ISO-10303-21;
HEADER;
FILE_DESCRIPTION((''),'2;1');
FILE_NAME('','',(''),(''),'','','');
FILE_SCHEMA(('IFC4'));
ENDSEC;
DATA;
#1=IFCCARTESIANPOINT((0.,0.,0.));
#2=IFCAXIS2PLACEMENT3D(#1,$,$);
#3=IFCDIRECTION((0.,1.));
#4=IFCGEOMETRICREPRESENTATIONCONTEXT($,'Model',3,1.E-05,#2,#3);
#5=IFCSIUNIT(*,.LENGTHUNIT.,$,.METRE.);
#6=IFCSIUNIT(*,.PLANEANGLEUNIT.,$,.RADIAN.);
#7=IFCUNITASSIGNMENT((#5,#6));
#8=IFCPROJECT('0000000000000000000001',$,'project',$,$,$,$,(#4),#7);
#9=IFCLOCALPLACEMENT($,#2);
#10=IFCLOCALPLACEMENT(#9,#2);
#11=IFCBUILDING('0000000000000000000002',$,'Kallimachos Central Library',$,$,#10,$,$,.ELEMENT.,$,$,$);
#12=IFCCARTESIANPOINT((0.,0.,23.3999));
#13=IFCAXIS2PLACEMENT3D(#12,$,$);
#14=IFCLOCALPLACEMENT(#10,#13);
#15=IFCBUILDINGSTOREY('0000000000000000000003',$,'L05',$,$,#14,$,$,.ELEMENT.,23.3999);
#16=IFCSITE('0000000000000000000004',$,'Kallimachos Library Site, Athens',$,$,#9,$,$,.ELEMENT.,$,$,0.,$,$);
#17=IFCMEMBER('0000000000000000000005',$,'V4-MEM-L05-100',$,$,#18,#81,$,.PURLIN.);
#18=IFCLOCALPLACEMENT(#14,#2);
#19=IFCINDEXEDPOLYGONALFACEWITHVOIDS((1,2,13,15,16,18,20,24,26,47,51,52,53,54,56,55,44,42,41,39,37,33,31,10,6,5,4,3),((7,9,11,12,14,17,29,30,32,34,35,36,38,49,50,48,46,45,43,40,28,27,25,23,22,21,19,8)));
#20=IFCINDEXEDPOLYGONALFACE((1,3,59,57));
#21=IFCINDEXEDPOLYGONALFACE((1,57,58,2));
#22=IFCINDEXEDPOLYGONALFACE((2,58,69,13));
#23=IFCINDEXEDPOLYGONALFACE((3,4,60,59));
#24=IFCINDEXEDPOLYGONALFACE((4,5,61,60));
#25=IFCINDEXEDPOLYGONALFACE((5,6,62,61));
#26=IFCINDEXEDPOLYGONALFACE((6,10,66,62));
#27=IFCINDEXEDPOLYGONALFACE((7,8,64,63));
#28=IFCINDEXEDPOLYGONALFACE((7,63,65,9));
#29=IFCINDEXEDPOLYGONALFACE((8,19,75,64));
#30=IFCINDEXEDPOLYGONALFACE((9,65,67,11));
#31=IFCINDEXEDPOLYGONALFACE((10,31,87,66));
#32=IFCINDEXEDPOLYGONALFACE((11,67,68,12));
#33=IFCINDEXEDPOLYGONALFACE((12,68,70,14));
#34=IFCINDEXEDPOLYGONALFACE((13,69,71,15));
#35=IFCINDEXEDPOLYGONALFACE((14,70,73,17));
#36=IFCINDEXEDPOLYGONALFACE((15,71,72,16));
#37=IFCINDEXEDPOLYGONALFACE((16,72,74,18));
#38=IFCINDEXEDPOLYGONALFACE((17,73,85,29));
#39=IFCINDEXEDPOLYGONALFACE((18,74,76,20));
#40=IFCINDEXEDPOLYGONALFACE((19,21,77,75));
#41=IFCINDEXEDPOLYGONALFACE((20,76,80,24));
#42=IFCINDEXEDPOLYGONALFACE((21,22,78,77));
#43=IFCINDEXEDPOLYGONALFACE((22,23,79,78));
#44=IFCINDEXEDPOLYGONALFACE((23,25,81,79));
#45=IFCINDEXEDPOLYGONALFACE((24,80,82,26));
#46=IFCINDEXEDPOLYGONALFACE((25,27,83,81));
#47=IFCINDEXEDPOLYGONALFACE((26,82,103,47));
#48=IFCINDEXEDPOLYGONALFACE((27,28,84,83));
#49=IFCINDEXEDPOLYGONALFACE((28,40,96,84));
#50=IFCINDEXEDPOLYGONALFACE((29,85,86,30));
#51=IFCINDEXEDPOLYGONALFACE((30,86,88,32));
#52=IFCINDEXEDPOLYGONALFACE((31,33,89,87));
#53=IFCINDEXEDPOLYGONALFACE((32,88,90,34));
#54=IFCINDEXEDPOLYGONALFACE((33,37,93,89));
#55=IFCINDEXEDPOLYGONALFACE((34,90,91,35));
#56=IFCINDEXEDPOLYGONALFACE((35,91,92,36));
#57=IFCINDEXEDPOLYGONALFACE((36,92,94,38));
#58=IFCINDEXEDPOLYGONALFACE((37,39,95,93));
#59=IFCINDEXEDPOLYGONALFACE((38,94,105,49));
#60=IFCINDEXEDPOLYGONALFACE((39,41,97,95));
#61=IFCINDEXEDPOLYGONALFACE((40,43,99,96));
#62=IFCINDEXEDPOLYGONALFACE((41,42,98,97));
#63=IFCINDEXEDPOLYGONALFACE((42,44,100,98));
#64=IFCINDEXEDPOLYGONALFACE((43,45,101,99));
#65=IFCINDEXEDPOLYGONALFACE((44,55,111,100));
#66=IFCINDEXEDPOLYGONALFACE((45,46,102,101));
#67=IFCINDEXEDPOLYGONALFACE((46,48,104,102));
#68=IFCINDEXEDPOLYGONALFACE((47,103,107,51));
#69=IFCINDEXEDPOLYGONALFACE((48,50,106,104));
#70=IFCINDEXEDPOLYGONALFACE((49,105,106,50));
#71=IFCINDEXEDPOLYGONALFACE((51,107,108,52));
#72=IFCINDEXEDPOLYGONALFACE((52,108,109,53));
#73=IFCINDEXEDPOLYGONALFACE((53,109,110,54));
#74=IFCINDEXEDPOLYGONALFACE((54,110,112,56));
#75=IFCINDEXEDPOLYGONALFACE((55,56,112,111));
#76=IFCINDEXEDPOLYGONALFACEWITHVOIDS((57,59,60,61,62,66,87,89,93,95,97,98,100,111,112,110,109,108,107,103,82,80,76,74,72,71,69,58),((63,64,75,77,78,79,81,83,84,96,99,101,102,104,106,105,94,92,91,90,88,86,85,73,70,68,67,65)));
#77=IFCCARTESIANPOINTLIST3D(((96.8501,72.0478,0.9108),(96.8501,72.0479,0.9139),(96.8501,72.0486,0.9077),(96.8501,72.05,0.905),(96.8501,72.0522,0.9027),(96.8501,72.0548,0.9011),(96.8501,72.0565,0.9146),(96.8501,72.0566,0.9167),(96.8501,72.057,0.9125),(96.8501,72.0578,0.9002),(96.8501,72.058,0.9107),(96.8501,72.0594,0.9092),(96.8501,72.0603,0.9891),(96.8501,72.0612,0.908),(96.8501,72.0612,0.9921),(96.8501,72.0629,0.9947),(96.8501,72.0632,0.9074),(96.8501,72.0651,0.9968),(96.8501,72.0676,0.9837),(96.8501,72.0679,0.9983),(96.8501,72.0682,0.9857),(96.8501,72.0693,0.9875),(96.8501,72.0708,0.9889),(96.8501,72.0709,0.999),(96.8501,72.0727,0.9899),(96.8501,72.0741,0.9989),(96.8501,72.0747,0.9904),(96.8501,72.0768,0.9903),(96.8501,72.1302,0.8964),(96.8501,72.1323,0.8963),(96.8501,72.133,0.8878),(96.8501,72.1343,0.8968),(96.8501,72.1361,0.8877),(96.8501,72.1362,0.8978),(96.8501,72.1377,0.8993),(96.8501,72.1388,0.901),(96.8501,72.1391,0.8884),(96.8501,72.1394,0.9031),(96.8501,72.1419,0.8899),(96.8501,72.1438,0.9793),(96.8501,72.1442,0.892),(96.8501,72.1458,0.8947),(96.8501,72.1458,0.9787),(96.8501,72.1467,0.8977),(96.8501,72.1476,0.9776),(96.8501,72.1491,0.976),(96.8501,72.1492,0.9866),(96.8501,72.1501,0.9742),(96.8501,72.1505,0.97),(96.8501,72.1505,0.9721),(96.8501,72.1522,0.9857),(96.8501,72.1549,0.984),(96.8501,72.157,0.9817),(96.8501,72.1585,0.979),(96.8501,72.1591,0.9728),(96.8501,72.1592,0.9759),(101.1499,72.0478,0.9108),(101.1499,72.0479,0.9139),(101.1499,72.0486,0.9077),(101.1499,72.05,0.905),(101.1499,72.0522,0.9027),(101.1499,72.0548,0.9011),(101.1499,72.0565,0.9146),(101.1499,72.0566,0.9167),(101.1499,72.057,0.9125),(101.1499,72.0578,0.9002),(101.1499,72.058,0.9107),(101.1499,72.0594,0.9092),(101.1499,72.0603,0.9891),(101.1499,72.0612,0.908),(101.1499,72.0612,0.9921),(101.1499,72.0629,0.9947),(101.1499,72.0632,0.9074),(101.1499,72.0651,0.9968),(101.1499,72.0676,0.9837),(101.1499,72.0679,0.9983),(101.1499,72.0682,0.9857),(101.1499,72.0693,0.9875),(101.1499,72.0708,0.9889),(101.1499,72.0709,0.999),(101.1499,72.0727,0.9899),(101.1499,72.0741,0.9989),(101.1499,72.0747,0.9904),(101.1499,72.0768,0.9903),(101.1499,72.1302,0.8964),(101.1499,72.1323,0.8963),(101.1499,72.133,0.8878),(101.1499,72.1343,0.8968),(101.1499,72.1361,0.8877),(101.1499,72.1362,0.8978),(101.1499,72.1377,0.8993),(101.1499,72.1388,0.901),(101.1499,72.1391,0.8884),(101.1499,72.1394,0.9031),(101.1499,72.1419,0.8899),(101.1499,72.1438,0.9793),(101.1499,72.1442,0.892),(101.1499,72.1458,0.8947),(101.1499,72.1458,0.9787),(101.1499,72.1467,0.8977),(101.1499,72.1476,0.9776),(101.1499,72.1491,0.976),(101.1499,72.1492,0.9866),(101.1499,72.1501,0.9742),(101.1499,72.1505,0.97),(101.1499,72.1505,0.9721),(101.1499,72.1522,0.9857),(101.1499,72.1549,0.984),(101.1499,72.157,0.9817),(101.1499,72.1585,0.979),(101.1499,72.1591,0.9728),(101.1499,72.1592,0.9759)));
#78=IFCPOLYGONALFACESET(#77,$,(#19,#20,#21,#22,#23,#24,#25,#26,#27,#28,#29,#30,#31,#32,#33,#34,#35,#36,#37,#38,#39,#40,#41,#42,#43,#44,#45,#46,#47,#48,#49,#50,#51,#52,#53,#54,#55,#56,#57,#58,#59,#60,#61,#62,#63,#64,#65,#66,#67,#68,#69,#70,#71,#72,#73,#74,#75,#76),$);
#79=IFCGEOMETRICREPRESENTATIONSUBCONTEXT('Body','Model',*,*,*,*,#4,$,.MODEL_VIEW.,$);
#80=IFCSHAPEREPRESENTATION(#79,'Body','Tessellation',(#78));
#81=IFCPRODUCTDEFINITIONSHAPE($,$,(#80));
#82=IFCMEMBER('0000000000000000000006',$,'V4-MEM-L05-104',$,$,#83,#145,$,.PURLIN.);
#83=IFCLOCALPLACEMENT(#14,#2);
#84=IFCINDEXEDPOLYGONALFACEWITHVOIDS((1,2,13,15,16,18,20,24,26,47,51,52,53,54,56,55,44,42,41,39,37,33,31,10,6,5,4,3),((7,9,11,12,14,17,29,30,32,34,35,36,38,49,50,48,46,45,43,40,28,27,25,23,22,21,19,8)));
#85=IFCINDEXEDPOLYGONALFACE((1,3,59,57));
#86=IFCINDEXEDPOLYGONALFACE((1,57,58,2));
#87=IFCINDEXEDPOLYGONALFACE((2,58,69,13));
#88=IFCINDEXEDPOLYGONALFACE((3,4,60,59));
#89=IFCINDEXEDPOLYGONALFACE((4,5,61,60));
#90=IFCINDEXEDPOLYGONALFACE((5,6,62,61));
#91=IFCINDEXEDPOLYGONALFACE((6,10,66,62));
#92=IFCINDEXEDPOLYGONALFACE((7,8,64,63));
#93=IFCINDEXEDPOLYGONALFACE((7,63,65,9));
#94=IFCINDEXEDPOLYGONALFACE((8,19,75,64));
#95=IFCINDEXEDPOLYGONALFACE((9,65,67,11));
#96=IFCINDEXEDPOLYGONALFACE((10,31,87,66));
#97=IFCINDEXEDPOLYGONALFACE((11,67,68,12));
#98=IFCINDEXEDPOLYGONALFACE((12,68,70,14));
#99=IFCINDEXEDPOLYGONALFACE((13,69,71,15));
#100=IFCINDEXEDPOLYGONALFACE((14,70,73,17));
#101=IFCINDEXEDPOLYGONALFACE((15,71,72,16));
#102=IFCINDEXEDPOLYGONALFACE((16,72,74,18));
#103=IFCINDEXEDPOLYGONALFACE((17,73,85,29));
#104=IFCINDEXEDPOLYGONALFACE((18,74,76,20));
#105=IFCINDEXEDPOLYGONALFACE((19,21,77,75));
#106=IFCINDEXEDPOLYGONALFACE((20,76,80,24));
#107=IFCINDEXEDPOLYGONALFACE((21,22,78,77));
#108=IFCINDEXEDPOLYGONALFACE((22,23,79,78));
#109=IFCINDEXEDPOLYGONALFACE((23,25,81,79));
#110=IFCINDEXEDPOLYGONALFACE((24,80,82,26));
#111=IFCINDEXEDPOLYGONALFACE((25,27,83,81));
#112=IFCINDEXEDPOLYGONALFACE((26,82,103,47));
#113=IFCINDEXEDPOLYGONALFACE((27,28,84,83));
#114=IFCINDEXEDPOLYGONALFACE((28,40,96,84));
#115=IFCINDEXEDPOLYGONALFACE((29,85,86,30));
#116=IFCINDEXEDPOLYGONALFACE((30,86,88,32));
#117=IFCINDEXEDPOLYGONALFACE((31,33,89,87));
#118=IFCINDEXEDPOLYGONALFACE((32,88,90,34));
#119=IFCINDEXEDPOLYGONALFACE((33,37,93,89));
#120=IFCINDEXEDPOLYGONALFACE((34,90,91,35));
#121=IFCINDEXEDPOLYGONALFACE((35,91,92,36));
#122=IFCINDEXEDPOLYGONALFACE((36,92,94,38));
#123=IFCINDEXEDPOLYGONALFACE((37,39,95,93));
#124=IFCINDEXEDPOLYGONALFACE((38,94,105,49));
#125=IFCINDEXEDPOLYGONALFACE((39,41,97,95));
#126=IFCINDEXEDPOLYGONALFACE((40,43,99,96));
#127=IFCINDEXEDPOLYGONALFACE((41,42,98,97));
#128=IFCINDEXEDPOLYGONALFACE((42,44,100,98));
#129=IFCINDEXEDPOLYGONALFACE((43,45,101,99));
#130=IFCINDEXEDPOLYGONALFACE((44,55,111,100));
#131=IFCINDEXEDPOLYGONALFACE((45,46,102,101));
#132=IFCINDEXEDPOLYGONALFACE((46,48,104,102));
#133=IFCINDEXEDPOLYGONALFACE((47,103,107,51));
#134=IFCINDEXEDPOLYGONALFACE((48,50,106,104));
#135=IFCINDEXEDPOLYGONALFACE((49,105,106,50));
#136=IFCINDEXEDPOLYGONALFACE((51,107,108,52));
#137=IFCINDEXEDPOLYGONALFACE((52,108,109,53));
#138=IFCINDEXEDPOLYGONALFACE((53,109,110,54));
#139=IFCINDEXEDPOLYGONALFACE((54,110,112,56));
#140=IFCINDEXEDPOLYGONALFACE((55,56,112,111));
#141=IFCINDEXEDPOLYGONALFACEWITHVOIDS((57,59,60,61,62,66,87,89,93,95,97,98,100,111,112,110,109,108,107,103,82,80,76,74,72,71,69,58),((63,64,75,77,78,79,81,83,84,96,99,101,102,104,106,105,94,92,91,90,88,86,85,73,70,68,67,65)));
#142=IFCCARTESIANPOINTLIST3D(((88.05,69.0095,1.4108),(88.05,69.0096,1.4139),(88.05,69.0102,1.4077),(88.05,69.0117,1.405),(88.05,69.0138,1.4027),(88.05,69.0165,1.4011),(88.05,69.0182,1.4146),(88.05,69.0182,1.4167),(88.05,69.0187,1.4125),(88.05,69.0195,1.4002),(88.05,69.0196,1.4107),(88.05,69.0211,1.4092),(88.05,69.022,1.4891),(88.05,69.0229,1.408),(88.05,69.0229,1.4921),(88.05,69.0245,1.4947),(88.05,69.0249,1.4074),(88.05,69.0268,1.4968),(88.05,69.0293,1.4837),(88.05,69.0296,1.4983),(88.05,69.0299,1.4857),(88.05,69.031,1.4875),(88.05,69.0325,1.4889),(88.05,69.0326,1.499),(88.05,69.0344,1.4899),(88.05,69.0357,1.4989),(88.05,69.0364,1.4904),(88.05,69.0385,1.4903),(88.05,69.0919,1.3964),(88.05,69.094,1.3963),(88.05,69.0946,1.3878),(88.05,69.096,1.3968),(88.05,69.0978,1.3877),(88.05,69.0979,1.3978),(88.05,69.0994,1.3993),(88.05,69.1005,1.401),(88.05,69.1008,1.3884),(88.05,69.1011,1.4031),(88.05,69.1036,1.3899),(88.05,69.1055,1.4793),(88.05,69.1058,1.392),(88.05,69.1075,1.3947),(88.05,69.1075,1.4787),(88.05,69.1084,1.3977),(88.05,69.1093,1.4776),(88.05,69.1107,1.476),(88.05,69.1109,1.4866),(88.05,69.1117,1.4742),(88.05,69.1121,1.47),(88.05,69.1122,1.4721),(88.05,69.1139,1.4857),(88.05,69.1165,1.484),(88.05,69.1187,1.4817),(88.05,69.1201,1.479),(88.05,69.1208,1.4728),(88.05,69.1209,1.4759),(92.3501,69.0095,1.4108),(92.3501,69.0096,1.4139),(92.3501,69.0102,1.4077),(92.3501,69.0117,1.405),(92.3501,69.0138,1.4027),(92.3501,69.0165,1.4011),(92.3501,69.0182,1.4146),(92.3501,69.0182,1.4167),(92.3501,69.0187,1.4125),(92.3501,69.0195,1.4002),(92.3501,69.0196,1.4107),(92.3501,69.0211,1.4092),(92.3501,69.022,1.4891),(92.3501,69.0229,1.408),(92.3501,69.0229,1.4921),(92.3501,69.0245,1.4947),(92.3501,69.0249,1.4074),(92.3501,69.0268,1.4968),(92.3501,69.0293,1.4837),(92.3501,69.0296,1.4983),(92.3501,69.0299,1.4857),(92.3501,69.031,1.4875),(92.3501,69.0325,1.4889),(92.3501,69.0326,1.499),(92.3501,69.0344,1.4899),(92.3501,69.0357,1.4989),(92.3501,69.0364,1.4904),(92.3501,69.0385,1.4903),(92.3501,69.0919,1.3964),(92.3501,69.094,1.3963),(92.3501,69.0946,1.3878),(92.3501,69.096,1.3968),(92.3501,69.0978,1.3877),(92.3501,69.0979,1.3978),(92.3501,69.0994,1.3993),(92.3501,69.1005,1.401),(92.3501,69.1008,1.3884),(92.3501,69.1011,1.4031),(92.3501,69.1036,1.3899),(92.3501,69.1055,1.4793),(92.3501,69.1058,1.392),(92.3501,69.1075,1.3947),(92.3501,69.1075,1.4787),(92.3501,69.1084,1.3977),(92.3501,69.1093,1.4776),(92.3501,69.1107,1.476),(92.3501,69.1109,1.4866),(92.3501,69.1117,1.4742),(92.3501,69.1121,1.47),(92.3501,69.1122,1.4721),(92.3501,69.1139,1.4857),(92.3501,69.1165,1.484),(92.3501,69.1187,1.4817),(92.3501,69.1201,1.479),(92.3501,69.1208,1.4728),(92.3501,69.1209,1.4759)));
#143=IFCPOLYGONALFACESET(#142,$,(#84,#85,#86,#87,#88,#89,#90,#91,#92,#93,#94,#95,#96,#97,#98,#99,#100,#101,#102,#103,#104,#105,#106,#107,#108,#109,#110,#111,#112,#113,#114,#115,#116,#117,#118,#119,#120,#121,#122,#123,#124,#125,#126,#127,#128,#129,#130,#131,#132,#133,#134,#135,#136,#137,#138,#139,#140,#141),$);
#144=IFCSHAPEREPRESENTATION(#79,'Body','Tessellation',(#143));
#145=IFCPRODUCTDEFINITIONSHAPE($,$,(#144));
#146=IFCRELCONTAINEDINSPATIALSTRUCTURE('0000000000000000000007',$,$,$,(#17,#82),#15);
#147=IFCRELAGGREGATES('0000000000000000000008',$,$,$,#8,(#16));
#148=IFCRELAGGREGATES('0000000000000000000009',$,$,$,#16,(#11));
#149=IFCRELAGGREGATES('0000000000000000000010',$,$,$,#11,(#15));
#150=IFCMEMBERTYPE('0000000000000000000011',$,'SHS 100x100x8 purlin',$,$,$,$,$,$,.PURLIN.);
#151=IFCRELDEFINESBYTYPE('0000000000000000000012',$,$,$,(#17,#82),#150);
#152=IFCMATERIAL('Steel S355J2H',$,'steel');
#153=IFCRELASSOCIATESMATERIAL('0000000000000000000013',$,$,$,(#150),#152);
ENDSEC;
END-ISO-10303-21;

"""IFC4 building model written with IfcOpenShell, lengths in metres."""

from ifc_helpers import new_model, si_unit, direction, frame, origin, origin_2d, place, context, subcontext, project, spatial, hollow_rectangle, extrude, material, material_profile, profile_set, type_object, element, save


model = new_model("IFC4")

# Units and contexts
model_context = context("Model", 3, precision=1e-05, world=origin(), true_north=direction((0.0, 1.0)))
body_context = subcontext(model_context, "Body", "Model", "MODEL_VIEW")
ifc_project = project(units=[si_unit("LENGTHUNIT", "METRE"), si_unit("PLANEANGLEUNIT", "RADIAN")], contexts=[model_context])

# Site, building, storey
site_placement = place(None, origin())
site = spatial("IfcSite", under=ifc_project, at=site_placement, Name="Kallimachos Library Site, Athens", CompositionType="ELEMENT", RefElevation=0.0)
building_placement = place(site_placement, origin())
building = spatial("IfcBuilding", under=site, at=building_placement, Name="Kallimachos Central Library", CompositionType="ELEMENT")
storey_placement = place(building_placement, frame((0.0, 0.0, 23.3999)))
storey = spatial("IfcBuildingStorey", under=building, at=storey_placement, Name="L05", CompositionType="ELEMENT", Elevation=23.3999)

# Members
ifc_material_1 = material(Name="Steel S355J2H", Category="steel")
ifc_material_profile_1 = material_profile(ifc_material_1, hollow_rectangle(XDim=0.1001, YDim=0.1001, WallThickness=0.0081, InnerFilletRadius=0.0081, OuterFilletRadius=0.012, at=origin_2d()), Name="SHS 100x100x8")
ifc_profile_set_1 = profile_set([ifc_material_profile_1], Name="Steel S355J2H")
member_type_1 = type_object("IfcMemberType", Name="SHS 100x100x8 purlin", PredefinedType="PURLIN", material=ifc_profile_set_1)
member_1_placement = place(storey_placement, frame((96.8501, 72.1035, 0.9434), z_axis=(1.0, 0.0, 0.0), x_axis=(0.0, 0.986728, -0.16238)))
element("IfcMember", 1, at=member_1_placement, inside=storey, type_object=member_type_1, Name="V4-MEM-L05-100", PredefinedType="PURLIN", context=body_context, shape_type="SweptSolid", body=[
    extrude(hollow_rectangle(XDim=0.1001, YDim=0.1001, WallThickness=0.0081, InnerFilletRadius=0.0081, OuterFilletRadius=0.012, at=origin_2d()), origin(), (0.0, 0.0, 1.0), 4.2998),
])
for number, where, z_axis, x_axis, name in (
    (2, (88.05, 69.0652, 1.4434), (1.0, 0.0, 0.0), (0.0, 0.986728, -0.16238), "V4-MEM-L05-104"),
):
    element("IfcMember", number, at=place(storey_placement, frame(where, z_axis=z_axis, x_axis=x_axis)), inside=storey, type_object=member_type_1, Name=name, PredefinedType="PURLIN", context=body_context, shape_type="SweptSolid", body=[
        extrude(hollow_rectangle(XDim=0.1001, YDim=0.1001, WallThickness=0.0081, InnerFilletRadius=0.0081, OuterFilletRadius=0.012, at=origin_2d()), origin(), (0.0, 0.0, 1.0), 4.3),
    ])

save(model, "model.ifc")
